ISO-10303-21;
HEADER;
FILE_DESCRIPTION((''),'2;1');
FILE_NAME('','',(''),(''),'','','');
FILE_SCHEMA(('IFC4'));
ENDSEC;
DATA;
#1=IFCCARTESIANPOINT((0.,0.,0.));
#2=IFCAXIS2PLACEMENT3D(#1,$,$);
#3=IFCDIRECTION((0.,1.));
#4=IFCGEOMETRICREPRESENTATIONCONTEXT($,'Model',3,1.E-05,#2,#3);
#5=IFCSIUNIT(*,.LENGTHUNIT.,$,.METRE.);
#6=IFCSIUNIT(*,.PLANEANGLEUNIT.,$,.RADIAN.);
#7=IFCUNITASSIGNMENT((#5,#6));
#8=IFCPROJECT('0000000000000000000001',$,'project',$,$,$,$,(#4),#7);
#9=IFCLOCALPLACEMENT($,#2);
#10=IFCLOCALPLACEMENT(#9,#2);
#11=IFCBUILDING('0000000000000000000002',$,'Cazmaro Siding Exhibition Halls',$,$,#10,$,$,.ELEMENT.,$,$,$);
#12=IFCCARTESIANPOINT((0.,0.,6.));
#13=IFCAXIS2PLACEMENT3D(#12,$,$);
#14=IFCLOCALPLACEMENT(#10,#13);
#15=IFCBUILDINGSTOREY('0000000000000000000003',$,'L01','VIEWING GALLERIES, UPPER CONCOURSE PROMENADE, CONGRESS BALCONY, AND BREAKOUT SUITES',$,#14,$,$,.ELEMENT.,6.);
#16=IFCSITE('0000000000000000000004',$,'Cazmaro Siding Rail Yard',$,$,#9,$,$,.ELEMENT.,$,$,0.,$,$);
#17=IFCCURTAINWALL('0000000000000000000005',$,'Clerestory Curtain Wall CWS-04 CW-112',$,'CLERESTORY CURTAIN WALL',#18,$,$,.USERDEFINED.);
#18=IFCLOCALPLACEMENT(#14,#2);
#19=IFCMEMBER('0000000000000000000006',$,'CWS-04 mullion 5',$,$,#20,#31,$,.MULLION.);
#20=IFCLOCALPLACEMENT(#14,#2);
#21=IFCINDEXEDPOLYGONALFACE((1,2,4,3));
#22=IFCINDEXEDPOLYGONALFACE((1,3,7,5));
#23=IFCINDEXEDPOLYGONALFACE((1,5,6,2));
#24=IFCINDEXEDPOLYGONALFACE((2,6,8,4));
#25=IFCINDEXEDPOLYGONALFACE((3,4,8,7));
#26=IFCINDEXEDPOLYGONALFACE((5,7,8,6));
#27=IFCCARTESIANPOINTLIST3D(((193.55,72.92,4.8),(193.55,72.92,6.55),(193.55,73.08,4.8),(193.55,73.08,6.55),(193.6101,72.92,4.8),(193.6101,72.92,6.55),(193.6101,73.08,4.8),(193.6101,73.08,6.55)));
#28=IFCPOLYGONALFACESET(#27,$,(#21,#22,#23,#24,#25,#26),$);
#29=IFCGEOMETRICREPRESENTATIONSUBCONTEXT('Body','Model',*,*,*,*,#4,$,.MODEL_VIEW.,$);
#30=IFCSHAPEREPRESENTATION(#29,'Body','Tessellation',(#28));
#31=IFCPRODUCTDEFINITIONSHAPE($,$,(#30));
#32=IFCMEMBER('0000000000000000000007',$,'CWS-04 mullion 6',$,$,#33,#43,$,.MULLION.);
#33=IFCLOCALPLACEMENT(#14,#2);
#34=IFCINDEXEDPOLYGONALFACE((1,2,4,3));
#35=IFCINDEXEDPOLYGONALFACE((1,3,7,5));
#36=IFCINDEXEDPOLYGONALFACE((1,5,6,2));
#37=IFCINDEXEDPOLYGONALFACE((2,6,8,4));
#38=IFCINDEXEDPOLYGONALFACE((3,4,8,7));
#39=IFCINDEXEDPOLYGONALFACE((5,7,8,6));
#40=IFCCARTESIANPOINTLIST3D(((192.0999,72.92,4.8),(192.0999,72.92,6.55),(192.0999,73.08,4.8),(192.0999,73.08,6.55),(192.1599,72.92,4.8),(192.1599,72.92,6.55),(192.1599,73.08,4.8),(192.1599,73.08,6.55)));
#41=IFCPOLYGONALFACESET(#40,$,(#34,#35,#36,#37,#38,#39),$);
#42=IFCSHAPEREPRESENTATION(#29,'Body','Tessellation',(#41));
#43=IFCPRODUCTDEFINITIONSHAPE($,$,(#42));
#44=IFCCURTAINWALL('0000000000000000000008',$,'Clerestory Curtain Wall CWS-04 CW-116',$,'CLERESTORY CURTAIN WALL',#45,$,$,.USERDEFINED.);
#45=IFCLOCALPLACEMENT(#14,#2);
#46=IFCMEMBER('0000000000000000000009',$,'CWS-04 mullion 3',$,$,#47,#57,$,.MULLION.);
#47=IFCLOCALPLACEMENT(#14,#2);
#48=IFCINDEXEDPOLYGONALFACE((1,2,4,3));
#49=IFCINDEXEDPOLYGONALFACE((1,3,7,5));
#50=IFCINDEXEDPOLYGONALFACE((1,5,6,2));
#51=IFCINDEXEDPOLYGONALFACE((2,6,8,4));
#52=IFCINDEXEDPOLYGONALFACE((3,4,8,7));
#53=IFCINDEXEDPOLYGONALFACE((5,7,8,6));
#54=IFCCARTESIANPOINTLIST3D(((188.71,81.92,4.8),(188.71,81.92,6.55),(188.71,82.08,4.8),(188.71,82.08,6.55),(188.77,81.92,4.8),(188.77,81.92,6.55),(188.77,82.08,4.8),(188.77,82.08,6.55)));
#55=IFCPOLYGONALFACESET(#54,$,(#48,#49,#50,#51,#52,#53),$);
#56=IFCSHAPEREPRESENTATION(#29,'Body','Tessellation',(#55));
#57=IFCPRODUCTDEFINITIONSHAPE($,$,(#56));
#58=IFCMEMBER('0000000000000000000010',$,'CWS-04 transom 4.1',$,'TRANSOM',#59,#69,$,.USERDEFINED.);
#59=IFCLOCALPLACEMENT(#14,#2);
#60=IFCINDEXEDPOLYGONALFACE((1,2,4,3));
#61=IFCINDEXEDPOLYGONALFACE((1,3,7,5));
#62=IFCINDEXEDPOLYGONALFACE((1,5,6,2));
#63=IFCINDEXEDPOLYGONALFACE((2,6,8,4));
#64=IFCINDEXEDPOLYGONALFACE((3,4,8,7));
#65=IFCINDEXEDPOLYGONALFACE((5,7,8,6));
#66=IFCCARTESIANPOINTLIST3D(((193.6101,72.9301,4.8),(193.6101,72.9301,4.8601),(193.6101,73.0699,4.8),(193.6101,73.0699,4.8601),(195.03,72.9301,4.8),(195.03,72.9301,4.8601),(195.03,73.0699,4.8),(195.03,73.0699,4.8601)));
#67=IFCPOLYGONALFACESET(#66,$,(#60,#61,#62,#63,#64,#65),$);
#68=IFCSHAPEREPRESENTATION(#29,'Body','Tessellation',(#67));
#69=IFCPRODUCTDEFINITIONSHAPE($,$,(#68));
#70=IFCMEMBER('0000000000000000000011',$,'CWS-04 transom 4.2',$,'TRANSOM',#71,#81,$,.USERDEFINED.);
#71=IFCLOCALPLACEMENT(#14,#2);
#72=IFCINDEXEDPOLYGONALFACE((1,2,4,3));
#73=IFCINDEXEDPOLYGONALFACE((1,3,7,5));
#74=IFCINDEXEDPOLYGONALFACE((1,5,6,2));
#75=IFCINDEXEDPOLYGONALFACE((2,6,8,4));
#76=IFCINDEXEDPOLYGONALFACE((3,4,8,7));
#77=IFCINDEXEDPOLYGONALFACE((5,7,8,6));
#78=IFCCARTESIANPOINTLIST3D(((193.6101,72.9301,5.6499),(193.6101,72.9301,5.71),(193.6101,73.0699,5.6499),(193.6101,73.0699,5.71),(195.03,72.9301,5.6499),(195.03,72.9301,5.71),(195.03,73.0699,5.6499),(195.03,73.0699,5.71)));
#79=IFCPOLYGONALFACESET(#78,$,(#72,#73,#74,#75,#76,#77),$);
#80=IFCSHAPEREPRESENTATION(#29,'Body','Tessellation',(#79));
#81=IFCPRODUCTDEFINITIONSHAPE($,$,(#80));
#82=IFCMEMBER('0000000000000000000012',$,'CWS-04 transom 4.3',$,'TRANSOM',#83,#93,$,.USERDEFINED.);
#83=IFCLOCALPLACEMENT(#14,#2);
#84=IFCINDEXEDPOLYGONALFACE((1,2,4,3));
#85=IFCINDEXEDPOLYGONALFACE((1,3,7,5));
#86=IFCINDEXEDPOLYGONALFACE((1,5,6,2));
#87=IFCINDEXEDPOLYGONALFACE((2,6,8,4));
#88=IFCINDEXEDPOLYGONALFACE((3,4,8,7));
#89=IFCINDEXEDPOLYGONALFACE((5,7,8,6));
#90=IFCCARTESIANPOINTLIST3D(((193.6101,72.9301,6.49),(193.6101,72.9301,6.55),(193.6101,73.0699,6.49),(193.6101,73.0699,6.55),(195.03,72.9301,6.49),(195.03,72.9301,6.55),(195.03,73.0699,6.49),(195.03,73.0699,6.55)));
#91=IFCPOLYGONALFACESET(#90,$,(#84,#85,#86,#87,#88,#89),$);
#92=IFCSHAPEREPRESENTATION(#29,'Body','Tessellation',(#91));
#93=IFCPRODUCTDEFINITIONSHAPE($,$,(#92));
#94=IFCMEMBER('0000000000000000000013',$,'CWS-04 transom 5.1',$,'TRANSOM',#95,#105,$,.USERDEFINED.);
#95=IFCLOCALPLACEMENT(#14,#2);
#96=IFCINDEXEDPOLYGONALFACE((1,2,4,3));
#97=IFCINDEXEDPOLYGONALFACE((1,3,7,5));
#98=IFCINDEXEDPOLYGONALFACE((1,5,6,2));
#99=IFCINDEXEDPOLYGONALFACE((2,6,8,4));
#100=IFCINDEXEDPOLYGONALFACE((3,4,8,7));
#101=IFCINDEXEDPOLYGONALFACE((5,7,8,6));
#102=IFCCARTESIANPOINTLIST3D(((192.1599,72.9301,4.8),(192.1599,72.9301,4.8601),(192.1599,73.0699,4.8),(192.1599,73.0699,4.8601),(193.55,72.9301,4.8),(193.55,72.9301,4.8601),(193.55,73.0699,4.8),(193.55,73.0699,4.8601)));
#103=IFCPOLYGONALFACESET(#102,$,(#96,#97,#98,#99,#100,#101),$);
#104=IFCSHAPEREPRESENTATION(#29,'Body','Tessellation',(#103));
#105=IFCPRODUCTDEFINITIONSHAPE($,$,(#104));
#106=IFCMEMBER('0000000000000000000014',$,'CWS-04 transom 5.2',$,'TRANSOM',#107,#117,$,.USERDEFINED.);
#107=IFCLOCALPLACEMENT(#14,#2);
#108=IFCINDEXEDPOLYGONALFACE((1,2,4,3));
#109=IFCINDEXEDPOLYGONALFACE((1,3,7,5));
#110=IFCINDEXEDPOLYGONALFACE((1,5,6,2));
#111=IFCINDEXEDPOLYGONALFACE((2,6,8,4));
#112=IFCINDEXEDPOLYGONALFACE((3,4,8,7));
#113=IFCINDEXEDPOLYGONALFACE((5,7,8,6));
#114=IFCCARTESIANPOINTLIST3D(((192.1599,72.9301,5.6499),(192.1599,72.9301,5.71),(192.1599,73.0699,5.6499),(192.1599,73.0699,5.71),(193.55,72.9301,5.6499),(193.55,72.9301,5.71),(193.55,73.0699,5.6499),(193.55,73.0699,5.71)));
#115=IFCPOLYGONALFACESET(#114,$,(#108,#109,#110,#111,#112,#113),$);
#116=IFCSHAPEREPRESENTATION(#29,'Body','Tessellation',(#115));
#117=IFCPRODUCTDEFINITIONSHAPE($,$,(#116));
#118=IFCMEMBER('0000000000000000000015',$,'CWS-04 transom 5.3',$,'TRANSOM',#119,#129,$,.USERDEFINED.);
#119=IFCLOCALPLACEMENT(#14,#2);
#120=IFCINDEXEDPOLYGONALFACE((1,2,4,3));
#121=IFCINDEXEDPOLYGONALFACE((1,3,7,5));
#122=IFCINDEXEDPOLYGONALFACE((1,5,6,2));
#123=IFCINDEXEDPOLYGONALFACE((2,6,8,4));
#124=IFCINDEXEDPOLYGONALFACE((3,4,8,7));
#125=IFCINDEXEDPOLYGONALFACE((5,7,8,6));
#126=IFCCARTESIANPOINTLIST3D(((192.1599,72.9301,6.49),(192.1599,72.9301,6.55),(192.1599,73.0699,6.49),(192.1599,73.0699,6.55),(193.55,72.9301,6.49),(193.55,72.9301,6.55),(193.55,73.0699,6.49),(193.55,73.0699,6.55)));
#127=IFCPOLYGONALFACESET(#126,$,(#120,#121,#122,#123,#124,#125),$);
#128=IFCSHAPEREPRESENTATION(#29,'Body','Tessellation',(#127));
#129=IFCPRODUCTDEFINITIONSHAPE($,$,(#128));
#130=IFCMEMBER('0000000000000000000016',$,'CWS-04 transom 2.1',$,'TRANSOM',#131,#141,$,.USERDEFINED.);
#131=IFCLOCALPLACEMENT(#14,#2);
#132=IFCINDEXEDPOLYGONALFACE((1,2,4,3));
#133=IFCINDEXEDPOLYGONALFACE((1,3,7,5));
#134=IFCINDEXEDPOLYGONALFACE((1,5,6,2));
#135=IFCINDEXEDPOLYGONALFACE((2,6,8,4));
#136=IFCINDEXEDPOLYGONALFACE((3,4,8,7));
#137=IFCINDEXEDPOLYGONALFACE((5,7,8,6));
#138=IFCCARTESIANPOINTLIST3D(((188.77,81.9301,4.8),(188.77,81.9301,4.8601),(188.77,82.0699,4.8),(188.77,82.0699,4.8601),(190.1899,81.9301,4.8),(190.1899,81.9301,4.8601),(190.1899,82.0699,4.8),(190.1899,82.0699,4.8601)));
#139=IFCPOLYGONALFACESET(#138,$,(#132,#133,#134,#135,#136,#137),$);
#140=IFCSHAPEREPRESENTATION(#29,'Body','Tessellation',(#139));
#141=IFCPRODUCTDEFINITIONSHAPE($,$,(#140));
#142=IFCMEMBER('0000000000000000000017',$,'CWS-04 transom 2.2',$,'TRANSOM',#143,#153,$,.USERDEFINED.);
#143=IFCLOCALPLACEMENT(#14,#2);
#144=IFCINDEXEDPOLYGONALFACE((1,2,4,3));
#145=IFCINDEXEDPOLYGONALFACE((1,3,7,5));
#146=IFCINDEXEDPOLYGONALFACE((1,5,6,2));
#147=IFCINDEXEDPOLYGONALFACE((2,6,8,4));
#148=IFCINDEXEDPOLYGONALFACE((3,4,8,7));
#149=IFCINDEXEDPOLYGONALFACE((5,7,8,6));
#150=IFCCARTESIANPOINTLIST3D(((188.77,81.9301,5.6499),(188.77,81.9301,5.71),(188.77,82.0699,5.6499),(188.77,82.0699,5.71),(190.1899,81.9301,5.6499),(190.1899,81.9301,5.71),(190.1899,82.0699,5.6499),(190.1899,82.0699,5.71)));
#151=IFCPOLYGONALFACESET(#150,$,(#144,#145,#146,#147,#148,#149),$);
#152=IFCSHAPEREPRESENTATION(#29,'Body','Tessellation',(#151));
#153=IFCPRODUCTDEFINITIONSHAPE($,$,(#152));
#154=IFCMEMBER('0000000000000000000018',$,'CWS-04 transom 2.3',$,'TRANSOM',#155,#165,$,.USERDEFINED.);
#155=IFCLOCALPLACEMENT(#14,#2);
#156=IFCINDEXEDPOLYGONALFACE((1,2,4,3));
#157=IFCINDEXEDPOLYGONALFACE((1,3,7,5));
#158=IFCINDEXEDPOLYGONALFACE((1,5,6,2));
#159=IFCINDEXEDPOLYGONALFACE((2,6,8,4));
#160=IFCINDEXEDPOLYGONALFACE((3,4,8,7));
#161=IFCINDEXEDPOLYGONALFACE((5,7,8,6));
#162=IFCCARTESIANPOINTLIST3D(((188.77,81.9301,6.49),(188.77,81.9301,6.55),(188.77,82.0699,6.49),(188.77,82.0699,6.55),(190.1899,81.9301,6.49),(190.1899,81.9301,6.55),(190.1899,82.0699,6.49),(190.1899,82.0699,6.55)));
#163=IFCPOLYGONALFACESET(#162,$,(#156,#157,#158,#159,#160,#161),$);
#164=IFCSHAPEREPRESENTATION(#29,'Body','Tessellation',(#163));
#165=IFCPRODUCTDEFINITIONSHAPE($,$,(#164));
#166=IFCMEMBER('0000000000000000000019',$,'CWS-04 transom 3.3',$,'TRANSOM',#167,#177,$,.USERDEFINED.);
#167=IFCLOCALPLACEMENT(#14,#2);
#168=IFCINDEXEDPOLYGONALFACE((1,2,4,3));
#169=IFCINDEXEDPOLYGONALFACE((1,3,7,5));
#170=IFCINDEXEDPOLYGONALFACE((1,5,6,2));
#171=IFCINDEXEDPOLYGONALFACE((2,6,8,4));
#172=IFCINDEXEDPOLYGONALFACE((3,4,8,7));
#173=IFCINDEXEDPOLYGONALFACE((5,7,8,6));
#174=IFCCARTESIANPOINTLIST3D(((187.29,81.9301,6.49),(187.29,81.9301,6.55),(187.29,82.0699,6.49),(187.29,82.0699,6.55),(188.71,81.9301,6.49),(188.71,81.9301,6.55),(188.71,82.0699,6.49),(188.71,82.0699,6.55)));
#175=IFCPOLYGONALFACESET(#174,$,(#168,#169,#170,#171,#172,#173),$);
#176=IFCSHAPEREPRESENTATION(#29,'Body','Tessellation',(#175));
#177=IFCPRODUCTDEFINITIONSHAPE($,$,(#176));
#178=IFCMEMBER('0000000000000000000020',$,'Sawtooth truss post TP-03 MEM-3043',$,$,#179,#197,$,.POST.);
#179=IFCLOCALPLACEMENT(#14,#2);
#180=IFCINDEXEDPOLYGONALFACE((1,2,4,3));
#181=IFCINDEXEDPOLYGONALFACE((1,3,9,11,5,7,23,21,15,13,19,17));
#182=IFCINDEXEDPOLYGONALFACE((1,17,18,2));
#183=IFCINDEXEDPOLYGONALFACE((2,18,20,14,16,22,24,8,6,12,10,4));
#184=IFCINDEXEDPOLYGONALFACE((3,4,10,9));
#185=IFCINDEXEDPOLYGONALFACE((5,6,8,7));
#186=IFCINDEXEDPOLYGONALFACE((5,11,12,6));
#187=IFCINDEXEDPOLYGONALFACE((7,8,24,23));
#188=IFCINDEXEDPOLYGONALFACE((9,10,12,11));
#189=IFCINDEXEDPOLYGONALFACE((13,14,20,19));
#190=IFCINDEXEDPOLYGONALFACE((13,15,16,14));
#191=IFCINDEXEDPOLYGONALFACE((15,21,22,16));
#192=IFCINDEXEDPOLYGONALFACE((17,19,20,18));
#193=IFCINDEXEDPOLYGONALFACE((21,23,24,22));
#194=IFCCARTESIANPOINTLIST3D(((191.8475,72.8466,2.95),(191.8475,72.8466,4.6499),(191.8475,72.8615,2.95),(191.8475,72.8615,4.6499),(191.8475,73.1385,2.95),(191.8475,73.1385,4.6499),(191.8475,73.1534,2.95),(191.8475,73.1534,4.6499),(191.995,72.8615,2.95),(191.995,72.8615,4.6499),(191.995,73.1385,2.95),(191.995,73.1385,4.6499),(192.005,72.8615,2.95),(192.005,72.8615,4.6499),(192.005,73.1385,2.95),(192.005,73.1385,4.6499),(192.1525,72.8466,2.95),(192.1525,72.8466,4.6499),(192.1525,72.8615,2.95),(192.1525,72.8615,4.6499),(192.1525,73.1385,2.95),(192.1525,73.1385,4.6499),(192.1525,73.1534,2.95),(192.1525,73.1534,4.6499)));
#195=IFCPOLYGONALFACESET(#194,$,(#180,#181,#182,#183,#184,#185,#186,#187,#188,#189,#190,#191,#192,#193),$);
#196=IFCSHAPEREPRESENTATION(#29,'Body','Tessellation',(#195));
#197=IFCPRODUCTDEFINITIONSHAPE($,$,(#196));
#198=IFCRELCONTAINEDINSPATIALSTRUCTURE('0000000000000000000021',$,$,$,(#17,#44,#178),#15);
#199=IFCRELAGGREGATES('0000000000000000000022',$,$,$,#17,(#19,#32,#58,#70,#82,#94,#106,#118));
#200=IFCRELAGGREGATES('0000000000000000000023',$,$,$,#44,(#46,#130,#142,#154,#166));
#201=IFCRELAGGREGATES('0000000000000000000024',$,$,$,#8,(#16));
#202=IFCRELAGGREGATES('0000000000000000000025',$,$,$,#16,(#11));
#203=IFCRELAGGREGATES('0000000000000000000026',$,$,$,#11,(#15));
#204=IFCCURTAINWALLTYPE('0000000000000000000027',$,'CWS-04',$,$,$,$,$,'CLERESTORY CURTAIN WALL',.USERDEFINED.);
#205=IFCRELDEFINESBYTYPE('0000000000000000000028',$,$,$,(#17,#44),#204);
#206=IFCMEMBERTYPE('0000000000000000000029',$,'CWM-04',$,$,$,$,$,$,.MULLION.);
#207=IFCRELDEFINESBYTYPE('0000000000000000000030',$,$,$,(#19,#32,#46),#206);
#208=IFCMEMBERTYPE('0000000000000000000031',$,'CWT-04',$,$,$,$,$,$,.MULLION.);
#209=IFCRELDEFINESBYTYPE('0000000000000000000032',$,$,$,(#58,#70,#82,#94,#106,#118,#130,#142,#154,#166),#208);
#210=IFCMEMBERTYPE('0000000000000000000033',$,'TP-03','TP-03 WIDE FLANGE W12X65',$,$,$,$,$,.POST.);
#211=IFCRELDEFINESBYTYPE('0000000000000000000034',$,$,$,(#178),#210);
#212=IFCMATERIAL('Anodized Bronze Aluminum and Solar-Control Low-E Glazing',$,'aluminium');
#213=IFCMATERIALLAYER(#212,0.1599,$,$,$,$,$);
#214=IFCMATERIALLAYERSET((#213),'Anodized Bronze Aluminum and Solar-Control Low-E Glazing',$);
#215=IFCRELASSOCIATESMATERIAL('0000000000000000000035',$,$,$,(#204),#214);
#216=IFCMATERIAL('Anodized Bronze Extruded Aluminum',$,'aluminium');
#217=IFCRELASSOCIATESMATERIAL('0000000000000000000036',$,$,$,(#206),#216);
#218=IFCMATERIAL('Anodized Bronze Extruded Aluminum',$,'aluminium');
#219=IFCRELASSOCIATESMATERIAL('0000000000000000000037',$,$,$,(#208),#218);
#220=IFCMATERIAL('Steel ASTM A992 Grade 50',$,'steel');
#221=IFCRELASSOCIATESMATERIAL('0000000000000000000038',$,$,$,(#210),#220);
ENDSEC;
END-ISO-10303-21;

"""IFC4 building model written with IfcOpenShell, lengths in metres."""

from ifc_helpers import new_model, si_unit, direction, frame, origin, origin_2d, place, context, subcontext, project, spatial, rectangle, i_section, extrude, material, layer, layer_set, material_profile, profile_set, type_object, element, aggregate, save


model = new_model("IFC4")

# Units and contexts
model_context = context("Model", 3, precision=1e-05, world=origin(), true_north=direction((0.0, 1.0)))
body_context = subcontext(model_context, "Body", "Model", "MODEL_VIEW")
ifc_project = project(units=[si_unit("LENGTHUNIT", "METRE"), si_unit("PLANEANGLEUNIT", "RADIAN")], contexts=[model_context])

# Site, building, storey
site_placement = place(None, origin())
site = spatial("IfcSite", under=ifc_project, at=site_placement, Name="Cazmaro Siding Rail Yard", CompositionType="ELEMENT", RefElevation=0.0)
building_placement = place(site_placement, origin())
building = spatial("IfcBuilding", under=site, at=building_placement, Name="Cazmaro Siding Exhibition Halls", CompositionType="ELEMENT")
storey_placement = place(building_placement, frame((0.0, 0.0, 6.0)))
storey = spatial("IfcBuildingStorey", under=building, at=storey_placement, Name="L01", Description="VIEWING GALLERIES, UPPER CONCOURSE PROMENADE, CONGRESS BALCONY, AND BREAKOUT SUITES", CompositionType="ELEMENT", Elevation=6.0)

# Curtain wall, members
ifc_material_1 = material(Name="Anodized Bronze Aluminum and Solar-Control Low-E Glazing", Category="aluminium")
ifc_layer_1 = layer(ifc_material_1, 0.1599)
ifc_layer_set_1 = layer_set([ifc_layer_1], Name="Anodized Bronze Aluminum and Solar-Control Low-E Glazing")
curtain_wall_type = type_object("IfcCurtainWallType", Name="CWS-04", ElementType="CLERESTORY CURTAIN WALL", PredefinedType="USERDEFINED", material=ifc_layer_set_1)
curtain_wall_1_placement = place(storey_placement, origin())
curtain_wall_1 = element("IfcCurtainWall", 1, at=curtain_wall_1_placement, inside=storey, type_object=curtain_wall_type, Name="Clerestory Curtain Wall CWS-04 CW-112", ObjectType="CLERESTORY CURTAIN WALL", PredefinedType="USERDEFINED")
ifc_material_2 = material(Name="Anodized Bronze Extruded Aluminum", Category="aluminium")
ifc_material_profile_1 = material_profile(ifc_material_2, rectangle(XDim=0.1599, YDim=0.0601, at=origin_2d()), Name="CWM-04")
ifc_profile_set_1 = profile_set([ifc_material_profile_1], Name="Anodized Bronze Extruded Aluminum")
member_type_1 = type_object("IfcMemberType", Name="CWM-04", PredefinedType="MULLION", material=ifc_profile_set_1)
member_1_placement = place(storey_placement, frame((193.5801, 73.0, 4.8), z_axis=(0.0, 0.0, 1.0), x_axis=(0.0, -1.0, 0.0)))
member_1 = element("IfcMember", 2, at=member_1_placement, type_object=member_type_1, Name="CWS-04 mullion 5", PredefinedType="MULLION", context=body_context, shape_type="SweptSolid", body=[
    extrude(rectangle(XDim=0.1599, YDim=0.0601, at=origin_2d()), origin(), (0.0, 0.0, 1.0), 1.75),
])
member_2_placement = place(storey_placement, frame((192.1299, 73.0, 4.8), z_axis=(0.0, 0.0, 1.0), x_axis=(0.0, -1.0, 0.0)))
member_2 = element("IfcMember", 3, at=member_2_placement, type_object=member_type_1, Name="CWS-04 mullion 6", PredefinedType="MULLION", context=body_context, shape_type="SweptSolid", body=[
    extrude(rectangle(XDim=0.1599, YDim=0.0601, at=origin_2d()), origin(), (0.0, 0.0, 1.0), 1.75),
])

# Curtain wall, member
curtain_wall_2_placement = place(storey_placement, origin())
curtain_wall_2 = element("IfcCurtainWall", 4, at=curtain_wall_2_placement, inside=storey, type_object=curtain_wall_type, Name="Clerestory Curtain Wall CWS-04 CW-116", ObjectType="CLERESTORY CURTAIN WALL", PredefinedType="USERDEFINED")
member_3_placement = place(storey_placement, frame((188.74, 82.0, 4.8), z_axis=(0.0, 0.0, 1.0), x_axis=(0.0, -1.0, 0.0)))
member_3 = element("IfcMember", 5, at=member_3_placement, type_object=member_type_1, Name="CWS-04 mullion 3", PredefinedType="MULLION", context=body_context, shape_type="SweptSolid", body=[
    extrude(rectangle(XDim=0.1599, YDim=0.0601, at=origin_2d()), origin(), (0.0, 0.0, 1.0), 1.75),
])

# Members
ifc_material_3 = material(Name="Anodized Bronze Extruded Aluminum", Category="aluminium")
ifc_material_profile_2 = material_profile(ifc_material_3, rectangle(XDim=0.1399, YDim=0.0601, at=origin_2d()), Name="CWT-04")
ifc_profile_set_2 = profile_set([ifc_material_profile_2], Name="Anodized Bronze Extruded Aluminum")
member_type_2 = type_object("IfcMemberType", Name="CWT-04", PredefinedType="MULLION", material=ifc_profile_set_2)
member_4_placement = place(storey_placement, frame((195.03, 73.0, 4.8301), z_axis=(-1.0, 0.0, 0.0), x_axis=(0.0, -1.0, 0.0)))
member_4 = element("IfcMember", 6, at=member_4_placement, type_object=member_type_2, Name="CWS-04 transom 4.1", ObjectType="TRANSOM", PredefinedType="USERDEFINED", context=body_context, shape_type="SweptSolid", body=[
    extrude(rectangle(XDim=0.1399, YDim=0.0601, at=origin_2d()), origin(), (0.0, 0.0, 1.0), 1.4199),
])
member_5_placement = place(storey_placement, frame((195.03, 73.0, 5.6799), z_axis=(-1.0, 0.0, 0.0), x_axis=(0.0, -1.0, 0.0)))
member_5 = element("IfcMember", 7, at=member_5_placement, type_object=member_type_2, Name="CWS-04 transom 4.2", ObjectType="TRANSOM", PredefinedType="USERDEFINED", context=body_context, shape_type="SweptSolid", body=[
    extrude(rectangle(XDim=0.1399, YDim=0.0601, at=origin_2d()), origin(), (0.0, 0.0, 1.0), 1.4199),
])
member_6_placement = place(storey_placement, frame((195.03, 73.0, 6.52), z_axis=(-1.0, 0.0, 0.0), x_axis=(0.0, -1.0, 0.0)))
member_6 = element("IfcMember", 8, at=member_6_placement, type_object=member_type_2, Name="CWS-04 transom 4.3", ObjectType="TRANSOM", PredefinedType="USERDEFINED", context=body_context, shape_type="SweptSolid", body=[
    extrude(rectangle(XDim=0.1399, YDim=0.0601, at=origin_2d()), origin(), (0.0, 0.0, 1.0), 1.4199),
])
member_7_placement = place(storey_placement, frame((193.55, 73.0, 4.8301), z_axis=(-1.0, 0.0, 0.0), x_axis=(0.0, -1.0, 0.0)))
member_7 = element("IfcMember", 9, at=member_7_placement, type_object=member_type_2, Name="CWS-04 transom 5.1", ObjectType="TRANSOM", PredefinedType="USERDEFINED", context=body_context, shape_type="SweptSolid", body=[
    extrude(rectangle(XDim=0.1399, YDim=0.0601, at=origin_2d()), origin(), (0.0, 0.0, 1.0), 1.3901),
])
member_8_placement = place(storey_placement, frame((193.55, 73.0, 5.6799), z_axis=(-1.0, 0.0, 0.0), x_axis=(0.0, -1.0, 0.0)))
member_8 = element("IfcMember", 10, at=member_8_placement, type_object=member_type_2, Name="CWS-04 transom 5.2", ObjectType="TRANSOM", PredefinedType="USERDEFINED", context=body_context, shape_type="SweptSolid", body=[
    extrude(rectangle(XDim=0.1399, YDim=0.0601, at=origin_2d()), origin(), (0.0, 0.0, 1.0), 1.3901),
])
member_9_placement = place(storey_placement, frame((193.55, 73.0, 6.52), z_axis=(-1.0, 0.0, 0.0), x_axis=(0.0, -1.0, 0.0)))
member_9 = element("IfcMember", 11, at=member_9_placement, type_object=member_type_2, Name="CWS-04 transom 5.3", ObjectType="TRANSOM", PredefinedType="USERDEFINED", context=body_context, shape_type="SweptSolid", body=[
    extrude(rectangle(XDim=0.1399, YDim=0.0601, at=origin_2d()), origin(), (0.0, 0.0, 1.0), 1.3901),
])
member_10_placement = place(storey_placement, frame((190.1899, 82.0, 4.8301), z_axis=(-1.0, 0.0, 0.0), x_axis=(0.0, -1.0, 0.0)))
member_10 = element("IfcMember", 12, at=member_10_placement, type_object=member_type_2, Name="CWS-04 transom 2.1", ObjectType="TRANSOM", PredefinedType="USERDEFINED", context=body_context, shape_type="SweptSolid", body=[
    extrude(rectangle(XDim=0.1399, YDim=0.0601, at=origin_2d()), origin(), (0.0, 0.0, 1.0), 1.4199),
])
member_11_placement = place(storey_placement, frame((190.1899, 82.0, 5.6799), z_axis=(-1.0, 0.0, 0.0), x_axis=(0.0, -1.0, 0.0)))
member_11 = element("IfcMember", 13, at=member_11_placement, type_object=member_type_2, Name="CWS-04 transom 2.2", ObjectType="TRANSOM", PredefinedType="USERDEFINED", context=body_context, shape_type="SweptSolid", body=[
    extrude(rectangle(XDim=0.1399, YDim=0.0601, at=origin_2d()), origin(), (0.0, 0.0, 1.0), 1.4199),
])
member_12_placement = place(storey_placement, frame((190.1899, 82.0, 6.52), z_axis=(-1.0, 0.0, 0.0), x_axis=(0.0, -1.0, 0.0)))
member_12 = element("IfcMember", 14, at=member_12_placement, type_object=member_type_2, Name="CWS-04 transom 2.3", ObjectType="TRANSOM", PredefinedType="USERDEFINED", context=body_context, shape_type="SweptSolid", body=[
    extrude(rectangle(XDim=0.1399, YDim=0.0601, at=origin_2d()), origin(), (0.0, 0.0, 1.0), 1.4199),
])
member_13_placement = place(storey_placement, frame((188.71, 82.0, 6.52), z_axis=(-1.0, 0.0, 0.0), x_axis=(0.0, -1.0, 0.0)))
member_13 = element("IfcMember", 15, at=member_13_placement, type_object=member_type_2, Name="CWS-04 transom 3.3", ObjectType="TRANSOM", PredefinedType="USERDEFINED", context=body_context, shape_type="SweptSolid", body=[
    extrude(rectangle(XDim=0.1399, YDim=0.0601, at=origin_2d()), origin(), (0.0, 0.0, 1.0), 1.4199),
])
ifc_material_4 = material(Name="Steel ASTM A992 Grade 50", Category="steel")
ifc_material_profile_3 = material_profile(ifc_material_4, i_section(OverallWidth=0.3049, OverallDepth=0.3069, WebThickness=0.01, FlangeThickness=0.0149, at=origin_2d()), Name="W12X65")
ifc_profile_set_3 = profile_set([ifc_material_profile_3], Name="Steel ASTM A992 Grade 50")
member_type_3 = type_object("IfcMemberType", Name="TP-03", Description="TP-03 WIDE FLANGE W12X65", PredefinedType="POST", material=ifc_profile_set_3)
member_14_placement = place(storey_placement, frame((192.0, 73.0, 2.95), z_axis=(0.0, 0.0, 1.0), x_axis=(1.0, 0.0, 0.0)))
element("IfcMember", 16, at=member_14_placement, inside=storey, type_object=member_type_3, Name="Sawtooth truss post TP-03 MEM-3043", PredefinedType="POST", context=body_context, shape_type="SweptSolid", body=[
    extrude(i_section(OverallWidth=0.3049, OverallDepth=0.3069, WebThickness=0.01, FlangeThickness=0.0149, at=origin_2d()), origin(), (0.0, 0.0, 1.0), 1.7),
])

aggregate(curtain_wall_1, [member_1, member_2, member_4, member_5, member_6, member_7, member_8, member_9])
aggregate(curtain_wall_2, [member_3, member_10, member_11, member_12, member_13])

save(model, "model.ifc")
